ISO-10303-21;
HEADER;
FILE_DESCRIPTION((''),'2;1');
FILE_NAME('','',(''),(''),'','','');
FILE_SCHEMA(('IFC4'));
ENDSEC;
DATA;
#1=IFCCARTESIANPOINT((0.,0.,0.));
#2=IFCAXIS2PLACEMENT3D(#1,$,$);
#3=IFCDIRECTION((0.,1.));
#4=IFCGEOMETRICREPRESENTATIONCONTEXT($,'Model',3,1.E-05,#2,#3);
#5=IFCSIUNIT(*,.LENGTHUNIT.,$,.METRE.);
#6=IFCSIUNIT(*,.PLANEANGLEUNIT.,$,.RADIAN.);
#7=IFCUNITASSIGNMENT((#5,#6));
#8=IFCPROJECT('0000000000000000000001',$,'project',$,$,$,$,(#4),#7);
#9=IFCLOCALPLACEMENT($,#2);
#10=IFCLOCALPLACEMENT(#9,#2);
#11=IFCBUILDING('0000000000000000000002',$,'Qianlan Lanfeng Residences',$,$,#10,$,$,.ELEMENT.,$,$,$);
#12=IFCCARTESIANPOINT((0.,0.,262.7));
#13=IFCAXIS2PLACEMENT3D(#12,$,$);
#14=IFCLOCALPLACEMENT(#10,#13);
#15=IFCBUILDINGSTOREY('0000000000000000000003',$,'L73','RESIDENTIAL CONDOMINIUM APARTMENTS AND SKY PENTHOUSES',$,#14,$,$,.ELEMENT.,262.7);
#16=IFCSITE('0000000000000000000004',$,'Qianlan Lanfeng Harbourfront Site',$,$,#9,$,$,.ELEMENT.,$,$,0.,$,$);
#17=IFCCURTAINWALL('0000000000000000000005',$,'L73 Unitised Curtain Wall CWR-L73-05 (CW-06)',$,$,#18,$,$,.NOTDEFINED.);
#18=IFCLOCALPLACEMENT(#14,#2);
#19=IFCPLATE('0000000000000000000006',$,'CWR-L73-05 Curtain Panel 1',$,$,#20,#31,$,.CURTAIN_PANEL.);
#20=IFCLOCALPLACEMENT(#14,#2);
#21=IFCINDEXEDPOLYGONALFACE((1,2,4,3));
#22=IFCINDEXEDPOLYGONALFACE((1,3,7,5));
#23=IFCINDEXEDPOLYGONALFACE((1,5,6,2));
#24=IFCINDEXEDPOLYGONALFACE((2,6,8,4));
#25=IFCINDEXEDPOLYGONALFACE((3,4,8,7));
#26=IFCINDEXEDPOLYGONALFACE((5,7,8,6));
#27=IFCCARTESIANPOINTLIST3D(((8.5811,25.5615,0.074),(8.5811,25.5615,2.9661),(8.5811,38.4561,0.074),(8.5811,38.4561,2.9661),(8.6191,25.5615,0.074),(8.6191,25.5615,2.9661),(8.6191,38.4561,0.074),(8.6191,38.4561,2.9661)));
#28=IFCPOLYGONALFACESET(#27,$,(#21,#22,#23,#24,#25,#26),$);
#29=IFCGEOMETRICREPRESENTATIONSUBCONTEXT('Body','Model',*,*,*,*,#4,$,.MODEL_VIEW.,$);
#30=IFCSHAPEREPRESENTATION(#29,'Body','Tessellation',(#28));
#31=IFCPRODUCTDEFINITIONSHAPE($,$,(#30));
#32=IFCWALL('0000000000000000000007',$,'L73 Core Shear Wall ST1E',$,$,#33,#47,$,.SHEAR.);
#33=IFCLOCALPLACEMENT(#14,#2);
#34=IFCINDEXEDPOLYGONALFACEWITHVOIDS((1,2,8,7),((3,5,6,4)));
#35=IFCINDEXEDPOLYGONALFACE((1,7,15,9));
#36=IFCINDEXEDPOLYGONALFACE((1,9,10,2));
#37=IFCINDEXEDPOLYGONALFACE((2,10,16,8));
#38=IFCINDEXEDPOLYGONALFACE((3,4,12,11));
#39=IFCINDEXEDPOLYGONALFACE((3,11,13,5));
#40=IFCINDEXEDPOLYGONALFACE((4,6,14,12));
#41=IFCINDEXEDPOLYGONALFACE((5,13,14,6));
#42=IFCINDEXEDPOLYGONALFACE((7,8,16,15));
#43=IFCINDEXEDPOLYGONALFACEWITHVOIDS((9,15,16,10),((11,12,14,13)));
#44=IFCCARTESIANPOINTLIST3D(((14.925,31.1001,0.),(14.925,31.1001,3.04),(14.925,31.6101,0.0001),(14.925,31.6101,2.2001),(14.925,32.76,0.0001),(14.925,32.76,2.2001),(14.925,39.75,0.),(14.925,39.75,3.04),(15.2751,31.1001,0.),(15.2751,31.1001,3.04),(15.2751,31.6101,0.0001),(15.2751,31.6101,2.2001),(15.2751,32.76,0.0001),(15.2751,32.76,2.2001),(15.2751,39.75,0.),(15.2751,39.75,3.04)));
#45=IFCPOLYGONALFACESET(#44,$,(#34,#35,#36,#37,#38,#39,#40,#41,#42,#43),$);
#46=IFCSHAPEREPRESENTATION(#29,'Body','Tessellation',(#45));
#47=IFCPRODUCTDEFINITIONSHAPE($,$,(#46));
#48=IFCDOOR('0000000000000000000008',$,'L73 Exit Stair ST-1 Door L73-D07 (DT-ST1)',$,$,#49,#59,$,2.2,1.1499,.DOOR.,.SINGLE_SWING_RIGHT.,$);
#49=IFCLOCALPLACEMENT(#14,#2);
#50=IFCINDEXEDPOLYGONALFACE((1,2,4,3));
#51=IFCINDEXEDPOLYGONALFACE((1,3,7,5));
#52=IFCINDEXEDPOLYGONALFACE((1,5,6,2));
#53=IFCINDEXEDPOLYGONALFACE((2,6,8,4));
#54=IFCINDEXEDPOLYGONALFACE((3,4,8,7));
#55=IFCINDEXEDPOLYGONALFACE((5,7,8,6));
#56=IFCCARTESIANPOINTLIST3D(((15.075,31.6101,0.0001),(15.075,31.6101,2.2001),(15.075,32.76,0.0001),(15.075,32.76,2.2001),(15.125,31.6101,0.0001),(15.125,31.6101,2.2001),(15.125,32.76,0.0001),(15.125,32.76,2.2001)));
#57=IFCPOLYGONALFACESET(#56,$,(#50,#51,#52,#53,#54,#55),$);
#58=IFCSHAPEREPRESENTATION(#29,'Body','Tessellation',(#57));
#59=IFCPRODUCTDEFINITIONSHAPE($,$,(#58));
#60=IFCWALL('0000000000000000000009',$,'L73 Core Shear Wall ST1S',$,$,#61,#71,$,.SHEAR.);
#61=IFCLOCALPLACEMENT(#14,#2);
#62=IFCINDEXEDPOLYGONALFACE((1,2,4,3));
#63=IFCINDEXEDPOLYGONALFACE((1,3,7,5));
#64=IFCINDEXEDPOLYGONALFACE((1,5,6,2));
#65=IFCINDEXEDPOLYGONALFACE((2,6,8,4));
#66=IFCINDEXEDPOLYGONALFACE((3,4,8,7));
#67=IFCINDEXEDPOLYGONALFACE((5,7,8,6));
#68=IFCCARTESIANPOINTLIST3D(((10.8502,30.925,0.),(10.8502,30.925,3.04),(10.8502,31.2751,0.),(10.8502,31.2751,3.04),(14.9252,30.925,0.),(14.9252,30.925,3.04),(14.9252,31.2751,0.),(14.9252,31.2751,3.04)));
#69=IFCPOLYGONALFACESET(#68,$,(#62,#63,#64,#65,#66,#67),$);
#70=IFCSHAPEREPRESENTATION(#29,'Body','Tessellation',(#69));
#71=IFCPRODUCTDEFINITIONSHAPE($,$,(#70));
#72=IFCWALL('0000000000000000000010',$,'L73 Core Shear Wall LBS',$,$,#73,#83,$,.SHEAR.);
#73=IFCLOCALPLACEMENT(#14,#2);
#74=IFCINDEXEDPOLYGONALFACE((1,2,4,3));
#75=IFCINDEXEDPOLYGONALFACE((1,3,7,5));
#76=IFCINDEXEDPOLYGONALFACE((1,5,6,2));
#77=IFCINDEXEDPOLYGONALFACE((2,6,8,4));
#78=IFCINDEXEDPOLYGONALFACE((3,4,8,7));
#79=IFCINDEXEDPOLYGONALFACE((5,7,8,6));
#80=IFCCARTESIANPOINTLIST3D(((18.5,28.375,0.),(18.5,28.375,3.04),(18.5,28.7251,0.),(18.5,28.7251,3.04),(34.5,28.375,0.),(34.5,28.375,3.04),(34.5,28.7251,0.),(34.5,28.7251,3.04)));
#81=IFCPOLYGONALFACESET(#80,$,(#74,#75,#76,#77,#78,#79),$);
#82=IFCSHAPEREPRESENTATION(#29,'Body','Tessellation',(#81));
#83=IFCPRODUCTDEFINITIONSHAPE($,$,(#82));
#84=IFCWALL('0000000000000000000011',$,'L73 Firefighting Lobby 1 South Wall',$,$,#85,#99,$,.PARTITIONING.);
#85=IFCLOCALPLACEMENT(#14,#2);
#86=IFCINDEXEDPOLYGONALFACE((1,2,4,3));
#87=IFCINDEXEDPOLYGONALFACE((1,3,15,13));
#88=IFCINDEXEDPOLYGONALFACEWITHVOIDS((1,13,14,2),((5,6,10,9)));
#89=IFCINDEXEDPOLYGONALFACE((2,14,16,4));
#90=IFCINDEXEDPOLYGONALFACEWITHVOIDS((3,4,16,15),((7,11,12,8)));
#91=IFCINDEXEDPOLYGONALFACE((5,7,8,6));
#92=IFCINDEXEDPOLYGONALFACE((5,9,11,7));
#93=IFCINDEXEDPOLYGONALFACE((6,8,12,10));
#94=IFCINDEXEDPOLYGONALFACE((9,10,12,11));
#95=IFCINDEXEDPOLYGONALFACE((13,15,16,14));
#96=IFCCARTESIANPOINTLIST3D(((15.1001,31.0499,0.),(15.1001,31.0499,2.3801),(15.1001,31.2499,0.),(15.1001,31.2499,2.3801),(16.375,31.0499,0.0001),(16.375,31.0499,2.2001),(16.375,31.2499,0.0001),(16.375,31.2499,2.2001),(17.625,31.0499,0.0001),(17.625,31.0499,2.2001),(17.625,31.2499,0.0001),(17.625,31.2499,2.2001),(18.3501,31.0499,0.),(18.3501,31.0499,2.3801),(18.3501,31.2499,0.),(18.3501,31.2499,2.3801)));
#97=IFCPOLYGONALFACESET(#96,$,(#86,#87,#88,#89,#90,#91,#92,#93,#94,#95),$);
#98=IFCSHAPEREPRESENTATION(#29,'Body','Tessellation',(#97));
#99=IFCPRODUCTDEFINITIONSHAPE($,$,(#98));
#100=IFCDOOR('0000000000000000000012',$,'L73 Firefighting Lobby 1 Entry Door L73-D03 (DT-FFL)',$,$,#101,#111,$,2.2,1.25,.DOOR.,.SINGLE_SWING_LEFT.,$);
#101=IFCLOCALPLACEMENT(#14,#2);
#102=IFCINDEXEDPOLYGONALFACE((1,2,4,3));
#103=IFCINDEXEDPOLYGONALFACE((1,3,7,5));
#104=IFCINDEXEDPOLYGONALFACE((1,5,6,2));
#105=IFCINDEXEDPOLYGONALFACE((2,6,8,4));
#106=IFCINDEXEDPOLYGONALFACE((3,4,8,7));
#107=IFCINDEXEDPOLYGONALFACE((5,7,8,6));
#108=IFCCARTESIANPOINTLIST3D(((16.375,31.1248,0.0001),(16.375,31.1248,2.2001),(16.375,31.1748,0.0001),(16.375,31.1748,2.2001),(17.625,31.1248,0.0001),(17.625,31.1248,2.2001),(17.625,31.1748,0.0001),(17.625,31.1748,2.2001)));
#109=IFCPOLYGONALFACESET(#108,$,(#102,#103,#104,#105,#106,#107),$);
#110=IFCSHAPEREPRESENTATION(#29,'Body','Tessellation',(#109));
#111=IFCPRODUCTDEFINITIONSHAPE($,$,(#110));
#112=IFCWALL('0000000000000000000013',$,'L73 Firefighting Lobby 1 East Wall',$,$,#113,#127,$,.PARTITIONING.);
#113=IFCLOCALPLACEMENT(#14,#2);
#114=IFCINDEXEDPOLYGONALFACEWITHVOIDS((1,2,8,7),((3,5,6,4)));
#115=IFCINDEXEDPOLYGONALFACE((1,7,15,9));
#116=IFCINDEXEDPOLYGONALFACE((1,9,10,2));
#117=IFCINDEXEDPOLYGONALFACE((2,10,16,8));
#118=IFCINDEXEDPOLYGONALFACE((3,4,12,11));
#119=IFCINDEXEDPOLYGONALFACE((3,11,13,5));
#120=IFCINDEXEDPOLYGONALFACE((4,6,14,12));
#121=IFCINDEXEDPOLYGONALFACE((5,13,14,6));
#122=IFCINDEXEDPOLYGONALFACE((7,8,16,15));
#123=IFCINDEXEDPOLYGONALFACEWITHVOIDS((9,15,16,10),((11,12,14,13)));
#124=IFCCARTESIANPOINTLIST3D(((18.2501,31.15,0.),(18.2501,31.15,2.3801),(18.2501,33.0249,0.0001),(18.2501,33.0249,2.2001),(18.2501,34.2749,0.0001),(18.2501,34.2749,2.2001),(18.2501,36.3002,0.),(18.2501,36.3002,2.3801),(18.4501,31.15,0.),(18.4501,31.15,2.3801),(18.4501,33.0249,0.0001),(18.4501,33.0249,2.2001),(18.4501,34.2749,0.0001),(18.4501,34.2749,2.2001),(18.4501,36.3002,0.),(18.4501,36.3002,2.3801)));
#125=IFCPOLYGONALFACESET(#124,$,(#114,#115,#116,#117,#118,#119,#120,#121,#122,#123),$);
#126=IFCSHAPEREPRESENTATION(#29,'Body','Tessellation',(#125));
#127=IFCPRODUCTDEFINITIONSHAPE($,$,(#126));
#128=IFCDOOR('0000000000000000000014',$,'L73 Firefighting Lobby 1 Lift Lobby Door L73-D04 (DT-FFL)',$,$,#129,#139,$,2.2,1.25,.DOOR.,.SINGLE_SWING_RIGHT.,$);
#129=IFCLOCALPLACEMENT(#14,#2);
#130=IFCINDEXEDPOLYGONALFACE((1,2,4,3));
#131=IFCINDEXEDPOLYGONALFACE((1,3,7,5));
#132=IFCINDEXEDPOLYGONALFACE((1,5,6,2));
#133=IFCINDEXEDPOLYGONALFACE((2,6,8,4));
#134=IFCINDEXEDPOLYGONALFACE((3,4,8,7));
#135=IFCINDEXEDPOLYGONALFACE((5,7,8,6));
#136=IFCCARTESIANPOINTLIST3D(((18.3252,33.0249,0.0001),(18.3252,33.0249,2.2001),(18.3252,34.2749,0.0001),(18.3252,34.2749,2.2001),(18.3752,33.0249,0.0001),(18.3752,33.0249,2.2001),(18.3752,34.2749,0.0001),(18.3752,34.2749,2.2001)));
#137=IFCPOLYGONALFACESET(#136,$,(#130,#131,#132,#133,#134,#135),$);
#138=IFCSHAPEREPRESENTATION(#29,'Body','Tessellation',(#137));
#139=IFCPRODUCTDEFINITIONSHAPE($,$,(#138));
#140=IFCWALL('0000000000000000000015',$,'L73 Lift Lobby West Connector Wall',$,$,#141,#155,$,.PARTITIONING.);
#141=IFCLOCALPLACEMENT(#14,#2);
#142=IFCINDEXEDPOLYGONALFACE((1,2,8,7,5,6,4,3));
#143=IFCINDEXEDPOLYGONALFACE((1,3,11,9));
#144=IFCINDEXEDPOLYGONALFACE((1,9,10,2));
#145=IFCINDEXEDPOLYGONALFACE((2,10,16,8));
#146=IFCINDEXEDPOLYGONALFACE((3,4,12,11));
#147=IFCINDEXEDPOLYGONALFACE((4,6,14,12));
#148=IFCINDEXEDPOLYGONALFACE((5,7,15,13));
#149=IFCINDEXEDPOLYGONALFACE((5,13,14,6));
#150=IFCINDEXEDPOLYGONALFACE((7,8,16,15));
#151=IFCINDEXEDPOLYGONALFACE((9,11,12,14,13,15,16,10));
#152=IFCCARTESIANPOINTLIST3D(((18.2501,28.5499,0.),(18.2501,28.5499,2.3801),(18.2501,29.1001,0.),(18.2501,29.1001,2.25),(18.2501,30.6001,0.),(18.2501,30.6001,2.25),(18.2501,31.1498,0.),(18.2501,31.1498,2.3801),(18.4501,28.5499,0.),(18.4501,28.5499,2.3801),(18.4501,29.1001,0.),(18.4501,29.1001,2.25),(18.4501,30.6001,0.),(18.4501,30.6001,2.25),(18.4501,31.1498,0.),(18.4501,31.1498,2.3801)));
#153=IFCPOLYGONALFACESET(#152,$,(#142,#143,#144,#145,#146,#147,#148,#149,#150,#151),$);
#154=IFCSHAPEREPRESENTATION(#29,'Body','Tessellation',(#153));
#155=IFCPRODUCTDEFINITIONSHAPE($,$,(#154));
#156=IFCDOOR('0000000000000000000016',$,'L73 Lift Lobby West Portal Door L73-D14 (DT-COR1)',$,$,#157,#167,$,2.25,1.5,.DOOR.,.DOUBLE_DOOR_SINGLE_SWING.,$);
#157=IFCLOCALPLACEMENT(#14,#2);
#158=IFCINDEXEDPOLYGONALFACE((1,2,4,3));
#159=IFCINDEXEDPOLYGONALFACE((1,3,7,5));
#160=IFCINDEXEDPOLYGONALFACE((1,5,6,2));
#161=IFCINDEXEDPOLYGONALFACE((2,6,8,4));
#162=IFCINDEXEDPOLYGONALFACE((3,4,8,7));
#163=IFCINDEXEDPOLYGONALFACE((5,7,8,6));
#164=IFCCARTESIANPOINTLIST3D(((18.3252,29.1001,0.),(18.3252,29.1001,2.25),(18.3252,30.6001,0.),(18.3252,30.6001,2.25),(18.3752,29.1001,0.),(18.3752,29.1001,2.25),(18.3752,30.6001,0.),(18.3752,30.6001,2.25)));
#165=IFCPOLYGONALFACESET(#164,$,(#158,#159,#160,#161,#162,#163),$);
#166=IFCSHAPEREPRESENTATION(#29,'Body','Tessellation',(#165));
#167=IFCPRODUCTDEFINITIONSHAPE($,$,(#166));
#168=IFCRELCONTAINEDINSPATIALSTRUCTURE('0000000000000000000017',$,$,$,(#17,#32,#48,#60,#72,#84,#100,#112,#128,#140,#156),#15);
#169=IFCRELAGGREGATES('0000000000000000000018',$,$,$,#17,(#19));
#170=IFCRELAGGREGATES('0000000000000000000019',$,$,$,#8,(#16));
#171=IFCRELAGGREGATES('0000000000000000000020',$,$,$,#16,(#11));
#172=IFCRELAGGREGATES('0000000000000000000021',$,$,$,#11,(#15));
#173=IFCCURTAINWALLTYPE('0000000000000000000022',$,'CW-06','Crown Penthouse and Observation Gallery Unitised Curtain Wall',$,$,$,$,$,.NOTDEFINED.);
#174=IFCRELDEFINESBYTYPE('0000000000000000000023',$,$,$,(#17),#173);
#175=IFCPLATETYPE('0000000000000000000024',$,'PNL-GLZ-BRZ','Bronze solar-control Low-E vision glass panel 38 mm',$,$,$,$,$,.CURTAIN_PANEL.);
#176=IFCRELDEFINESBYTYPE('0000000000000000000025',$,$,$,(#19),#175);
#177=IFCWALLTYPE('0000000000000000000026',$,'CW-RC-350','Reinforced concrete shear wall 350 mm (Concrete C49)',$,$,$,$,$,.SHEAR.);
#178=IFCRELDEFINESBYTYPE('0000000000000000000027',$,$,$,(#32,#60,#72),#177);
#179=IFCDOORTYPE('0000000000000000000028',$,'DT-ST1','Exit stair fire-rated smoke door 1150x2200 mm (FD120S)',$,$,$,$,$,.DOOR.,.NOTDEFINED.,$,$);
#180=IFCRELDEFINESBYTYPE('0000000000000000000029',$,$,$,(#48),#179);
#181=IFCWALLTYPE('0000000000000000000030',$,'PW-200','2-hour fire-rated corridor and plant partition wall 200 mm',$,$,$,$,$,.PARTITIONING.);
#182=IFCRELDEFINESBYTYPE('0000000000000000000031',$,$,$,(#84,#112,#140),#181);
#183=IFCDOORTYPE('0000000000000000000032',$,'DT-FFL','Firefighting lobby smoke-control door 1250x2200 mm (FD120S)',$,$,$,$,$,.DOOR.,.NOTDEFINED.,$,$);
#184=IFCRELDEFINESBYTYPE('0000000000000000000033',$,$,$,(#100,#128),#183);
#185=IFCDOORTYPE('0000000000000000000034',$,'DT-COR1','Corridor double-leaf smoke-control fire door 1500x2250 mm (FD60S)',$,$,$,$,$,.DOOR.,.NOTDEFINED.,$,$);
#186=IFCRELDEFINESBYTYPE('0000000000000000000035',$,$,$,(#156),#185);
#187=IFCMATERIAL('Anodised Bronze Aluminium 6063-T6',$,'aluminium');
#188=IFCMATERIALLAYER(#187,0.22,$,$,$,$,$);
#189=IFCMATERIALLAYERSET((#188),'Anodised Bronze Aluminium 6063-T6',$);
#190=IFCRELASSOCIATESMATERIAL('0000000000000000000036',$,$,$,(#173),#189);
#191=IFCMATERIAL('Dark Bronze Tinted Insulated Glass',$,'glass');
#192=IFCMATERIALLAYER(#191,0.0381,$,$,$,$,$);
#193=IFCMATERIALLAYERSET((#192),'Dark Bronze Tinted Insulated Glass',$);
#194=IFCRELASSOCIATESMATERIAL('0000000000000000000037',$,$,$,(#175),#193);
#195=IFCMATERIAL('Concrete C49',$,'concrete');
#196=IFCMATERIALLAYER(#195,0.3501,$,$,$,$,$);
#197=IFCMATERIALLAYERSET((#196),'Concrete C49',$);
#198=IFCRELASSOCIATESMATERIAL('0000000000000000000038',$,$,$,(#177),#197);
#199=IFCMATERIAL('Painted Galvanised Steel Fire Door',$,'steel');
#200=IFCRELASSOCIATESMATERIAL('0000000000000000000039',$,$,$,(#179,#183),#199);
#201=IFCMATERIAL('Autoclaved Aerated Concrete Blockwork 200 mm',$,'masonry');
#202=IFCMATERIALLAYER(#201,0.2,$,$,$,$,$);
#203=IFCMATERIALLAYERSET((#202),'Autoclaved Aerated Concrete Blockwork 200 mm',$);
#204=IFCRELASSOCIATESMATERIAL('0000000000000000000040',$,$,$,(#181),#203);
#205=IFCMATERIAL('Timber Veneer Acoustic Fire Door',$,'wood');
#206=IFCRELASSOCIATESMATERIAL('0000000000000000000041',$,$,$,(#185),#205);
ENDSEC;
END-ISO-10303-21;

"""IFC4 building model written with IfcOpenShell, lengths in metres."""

from ifc_helpers import new_model, si_unit, direction, frame, frame_2d, origin, origin_2d, place, context, subcontext, project, spatial, rectangle, extrude, source, transform, mapped, material, layer, layer_set, type_object, element, fill, aggregate, save


model = new_model("IFC4")

# Units and contexts
model_context = context("Model", 3, precision=1e-05, world=origin(), true_north=direction((0.0, 1.0)))
body_context = subcontext(model_context, "Body", "Model", "MODEL_VIEW")
ifc_project = project(units=[si_unit("LENGTHUNIT", "METRE"), si_unit("PLANEANGLEUNIT", "RADIAN")], contexts=[model_context])

# Site, building, storey
site_placement = place(None, origin())
site = spatial("IfcSite", under=ifc_project, at=site_placement, Name="Qianlan Lanfeng Harbourfront Site", CompositionType="ELEMENT", RefElevation=0.0)
building_placement = place(site_placement, origin())
building = spatial("IfcBuilding", under=site, at=building_placement, Name="Qianlan Lanfeng Residences", CompositionType="ELEMENT")
storey_placement = place(building_placement, frame((0.0, 0.0, 262.7)))
storey = spatial("IfcBuildingStorey", under=building, at=storey_placement, Name="L73", Description="RESIDENTIAL CONDOMINIUM APARTMENTS AND SKY PENTHOUSES", CompositionType="ELEMENT", Elevation=262.7)

# Curtain wall, plate
ifc_material_1 = material(Name="Anodised Bronze Aluminium 6063-T6", Category="aluminium")
ifc_layer_1 = layer(ifc_material_1, 0.22)
ifc_layer_set_1 = layer_set([ifc_layer_1], Name="Anodised Bronze Aluminium 6063-T6")
curtain_wall_type = type_object("IfcCurtainWallType", Name="CW-06", Description="Crown Penthouse and Observation Gallery Unitised Curtain Wall", PredefinedType="NOTDEFINED", material=ifc_layer_set_1)
curtain_wall_placement = place(storey_placement, origin())
curtain_wall = element("IfcCurtainWall", 1, at=curtain_wall_placement, inside=storey, type_object=curtain_wall_type, Name="L73 Unitised Curtain Wall CWR-L73-05 (CW-06)", PredefinedType="NOTDEFINED")
ifc_material_2 = material(Name="Dark Bronze Tinted Insulated Glass", Category="glass")
ifc_layer_2 = layer(ifc_material_2, 0.0381)
ifc_layer_set_2 = layer_set([ifc_layer_2], Name="Dark Bronze Tinted Insulated Glass")
plate_type = type_object("IfcPlateType", Name="PNL-GLZ-BRZ", Description="Bronze solar-control Low-E vision glass panel 38 mm", PredefinedType="CURTAIN_PANEL", material=ifc_layer_set_2)
shared_shape_1 = source(origin(), body_context, "Body", "SweptSolid", [
    extrude(rectangle(XDim=12.8945, YDim=0.0381, at=origin_2d()), origin(), (0.0, 0.0, 1.0), 2.8921),
])
plate_placement = place(storey_placement, frame((8.6001, 32.0088, 0.074), z_axis=(0.0, 0.0, 1.0), x_axis=(0.0, -1.0, 0.0)))
plate = element("IfcPlate", 2, at=plate_placement, type_object=plate_type, Name="CWR-L73-05 Curtain Panel 1", PredefinedType="CURTAIN_PANEL", context=body_context, shape_type="MappedRepresentation", body=[
    mapped(shared_shape_1, transform((0.0, 0.0, 0.0), scale=1.0)),
])
aggregate(curtain_wall, [plate])

# Wall, opening, door
ifc_material_3 = material(Name="Concrete C49", Category="concrete")
ifc_layer_3 = layer(ifc_material_3, 0.3501)
ifc_layer_set_3 = layer_set([ifc_layer_3], Name="Concrete C49")
wall_type_1 = type_object("IfcWallType", Name="CW-RC-350", Description="Reinforced concrete shear wall 350 mm (Concrete C49)", PredefinedType="SHEAR", material=ifc_layer_set_3)
wall_1_placement = place(storey_placement, frame((15.1001, 31.1001, 0.0), z_axis=(0.0, 0.0, 1.0), x_axis=(0.0, 1.0, 0.0)))
wall_1 = element("IfcWall", 3, at=wall_1_placement, inside=storey, type_object=wall_type_1, Name="L73 Core Shear Wall ST1E", PredefinedType="SHEAR", context=body_context, shape_type="SweptSolid", body=[
    extrude(rectangle(XDim=8.6499, YDim=0.3501, at=frame_2d((4.325, 0.0))), origin(), (0.0, 0.0, 1.0), 3.04),
])
opening_1_placement = place(wall_1_placement, frame((0.51, 0.0, 0.0)))
opening_1 = element("IfcOpeningElement", 4, at=opening_1_placement, cuts=wall_1, PredefinedType="OPENING", context=body_context, shape_type="SweptSolid", body=[
    extrude(rectangle(XDim=1.1499, YDim=2.2, at=frame_2d((0.575, 1.1001))), frame((0.0, 0.1851, 0.0), z_axis=(0.0, -1.0, 0.0), x_axis=(1.0, 0.0, 0.0)), (0.0, 0.0, 1.0), 0.3701),
])
ifc_material_4 = material(Name="Painted Galvanised Steel Fire Door", Category="steel")
door_type_1 = type_object("IfcDoorType", Name="DT-ST1", Description="Exit stair fire-rated smoke door 1150x2200 mm (FD120S)", OperationType="NOTDEFINED", PredefinedType="DOOR", material=ifc_material_4)
door_1_placement = place(opening_1_placement, frame((1.1499, 0.0, 0.0), z_axis=(0.0, 0.0, 1.0), x_axis=(-1.0, 0.0, 0.0)))
door_1 = element("IfcDoor", 5, at=door_1_placement, inside=storey, type_object=door_type_1, Name="L73 Exit Stair ST-1 Door L73-D07 (DT-ST1)", OperationType="SINGLE_SWING_RIGHT", OverallHeight=2.2, OverallWidth=1.1499, PredefinedType="DOOR", context=body_context, shape_type="SweptSolid", body=[
    extrude(rectangle(XDim=1.1499, YDim=2.2, at=frame_2d((0.575, 1.1001))), frame((0.0, 0.0249, 0.0), z_axis=(0.0, -1.0, 0.0), x_axis=(1.0, 0.0, 0.0)), (0.0, 0.0, 1.0), 0.05),
])
fill(opening_1, door_1)

# Walls
wall_2_placement = place(storey_placement, frame((10.8501, 31.1001, 0.0), z_axis=(0.0, 0.0, 1.0), x_axis=(1.0, 0.0, 0.0)))
element("IfcWall", 6, at=wall_2_placement, inside=storey, type_object=wall_type_1, Name="L73 Core Shear Wall ST1S", PredefinedType="SHEAR", context=body_context, shape_type="SweptSolid", body=[
    extrude(rectangle(XDim=4.075, YDim=0.3501, at=frame_2d((2.0376, 0.0))), origin(), (0.0, 0.0, 1.0), 3.04),
])
wall_3_placement = place(storey_placement, frame((18.5, 28.55, 0.0), z_axis=(0.0, 0.0, 1.0), x_axis=(1.0, 0.0, 0.0)))
element("IfcWall", 7, at=wall_3_placement, inside=storey, type_object=wall_type_1, Name="L73 Core Shear Wall LBS", PredefinedType="SHEAR", context=body_context, shape_type="SweptSolid", body=[
    extrude(rectangle(XDim=16.0, YDim=0.3501, at=frame_2d((8.0, 0.0))), origin(), (0.0, 0.0, 1.0), 3.04),
])

# Walls, openings, doors
ifc_material_5 = material(Name="Autoclaved Aerated Concrete Blockwork 200 mm", Category="masonry")
ifc_layer_4 = layer(ifc_material_5, 0.2)
ifc_layer_set_4 = layer_set([ifc_layer_4], Name="Autoclaved Aerated Concrete Blockwork 200 mm")
wall_type_2 = type_object("IfcWallType", Name="PW-200", Description="2-hour fire-rated corridor and plant partition wall 200 mm", PredefinedType="PARTITIONING", material=ifc_layer_set_4)
wall_4_placement = place(storey_placement, frame((15.1001, 31.1499, 0.0), z_axis=(0.0, 0.0, 1.0), x_axis=(1.0, 0.0, 0.0)))
wall_4 = element("IfcWall", 8, at=wall_4_placement, inside=storey, type_object=wall_type_2, Name="L73 Firefighting Lobby 1 South Wall", PredefinedType="PARTITIONING", context=body_context, shape_type="SweptSolid", body=[
    extrude(rectangle(XDim=3.25, YDim=0.2, at=frame_2d((1.625, 0.0))), origin(), (0.0, 0.0, 1.0), 2.3801),
])
opening_2_placement = place(wall_4_placement, frame((1.2749, 0.0, 0.0)))
opening_2 = element("IfcOpeningElement", 9, at=opening_2_placement, cuts=wall_4, PredefinedType="OPENING", context=body_context, shape_type="SweptSolid", body=[
    extrude(rectangle(XDim=1.25, YDim=2.2, at=frame_2d((0.625, 1.1001))), frame((0.0, 0.1099, 0.0), z_axis=(0.0, -1.0, 0.0), x_axis=(1.0, 0.0, 0.0)), (0.0, 0.0, 1.0), 0.22),
])
door_type_2 = type_object("IfcDoorType", Name="DT-FFL", Description="Firefighting lobby smoke-control door 1250x2200 mm (FD120S)", OperationType="NOTDEFINED", PredefinedType="DOOR", material=ifc_material_4)
door_2_placement = place(opening_2_placement, origin())
door_2 = element("IfcDoor", 10, at=door_2_placement, inside=storey, type_object=door_type_2, Name="L73 Firefighting Lobby 1 Entry Door L73-D03 (DT-FFL)", OperationType="SINGLE_SWING_LEFT", OverallHeight=2.2, OverallWidth=1.25, PredefinedType="DOOR", context=body_context, shape_type="SweptSolid", body=[
    extrude(rectangle(XDim=1.25, YDim=2.2, at=frame_2d((0.625, 1.1001))), frame((0.0, 0.0249, 0.0), z_axis=(0.0, -1.0, 0.0), x_axis=(1.0, 0.0, 0.0)), (0.0, 0.0, 1.0), 0.05),
])
fill(opening_2, door_2)
wall_5_placement = place(storey_placement, frame((18.3501, 31.1499, 0.0), z_axis=(0.0, 0.0, 1.0), x_axis=(0.0, 1.0, 0.0)))
wall_5 = element("IfcWall", 11, at=wall_5_placement, inside=storey, type_object=wall_type_2, Name="L73 Firefighting Lobby 1 East Wall", PredefinedType="PARTITIONING", context=body_context, shape_type="SweptSolid", body=[
    extrude(rectangle(XDim=5.1501, YDim=0.2, at=frame_2d((2.5752, 0.0))), origin(), (0.0, 0.0, 1.0), 2.3801),
])
opening_3_placement = place(wall_5_placement, frame((1.875, 0.0, 0.0)))
opening_3 = element("IfcOpeningElement", 12, at=opening_3_placement, cuts=wall_5, PredefinedType="OPENING", context=body_context, shape_type="SweptSolid", body=[
    extrude(rectangle(XDim=1.25, YDim=2.2, at=frame_2d((0.625, 1.1001))), frame((0.0, 0.1099, 0.0), z_axis=(0.0, -1.0, 0.0), x_axis=(1.0, 0.0, 0.0)), (0.0, 0.0, 1.0), 0.22),
])
door_3_placement = place(opening_3_placement, origin())
door_3 = element("IfcDoor", 13, at=door_3_placement, inside=storey, type_object=door_type_2, Name="L73 Firefighting Lobby 1 Lift Lobby Door L73-D04 (DT-FFL)", OperationType="SINGLE_SWING_RIGHT", OverallHeight=2.2, OverallWidth=1.25, PredefinedType="DOOR", context=body_context, shape_type="SweptSolid", body=[
    extrude(rectangle(XDim=1.25, YDim=2.2, at=frame_2d((0.625, 1.1001))), frame((0.0, 0.0249, 0.0), z_axis=(0.0, -1.0, 0.0), x_axis=(1.0, 0.0, 0.0)), (0.0, 0.0, 1.0), 0.05),
])
fill(opening_3, door_3)
wall_6_placement = place(storey_placement, frame((18.3501, 28.55, 0.0), z_axis=(0.0, 0.0, 1.0), x_axis=(0.0, 1.0, 0.0)))
wall_6 = element("IfcWall", 14, at=wall_6_placement, inside=storey, type_object=wall_type_2, Name="L73 Lift Lobby West Connector Wall", PredefinedType="PARTITIONING", context=body_context, shape_type="SweptSolid", body=[
    extrude(rectangle(XDim=2.5999, YDim=0.2, at=frame_2d((1.2998, 0.0))), origin(), (0.0, 0.0, 1.0), 2.3801),
])
opening_4_placement = place(wall_6_placement, frame((0.55, 0.0, 0.0)))
opening_4 = element("IfcOpeningElement", 15, at=opening_4_placement, cuts=wall_6, PredefinedType="OPENING", context=body_context, shape_type="SweptSolid", body=[
    extrude(rectangle(XDim=1.5, YDim=2.25, at=frame_2d((0.75, 1.125))), frame((0.0, 0.1099, 0.0), z_axis=(0.0, -1.0, 0.0), x_axis=(1.0, 0.0, 0.0)), (0.0, 0.0, 1.0), 0.22),
])
ifc_material_6 = material(Name="Timber Veneer Acoustic Fire Door", Category="wood")
door_type_3 = type_object("IfcDoorType", Name="DT-COR1", Description="Corridor double-leaf smoke-control fire door 1500x2250 mm (FD60S)", OperationType="NOTDEFINED", PredefinedType="DOOR", material=ifc_material_6)
door_4_placement = place(opening_4_placement, origin())
door_4 = element("IfcDoor", 16, at=door_4_placement, inside=storey, type_object=door_type_3, Name="L73 Lift Lobby West Portal Door L73-D14 (DT-COR1)", OperationType="DOUBLE_DOOR_SINGLE_SWING", OverallHeight=2.25, OverallWidth=1.5, PredefinedType="DOOR", context=body_context, shape_type="SweptSolid", body=[
    extrude(rectangle(XDim=1.5, YDim=2.25, at=frame_2d((0.75, 1.125))), frame((0.0, 0.0249, 0.0), z_axis=(0.0, -1.0, 0.0), x_axis=(1.0, 0.0, 0.0)), (0.0, 0.0, 1.0), 0.05),
])
fill(opening_4, door_4)

save(model, "model.ifc")
